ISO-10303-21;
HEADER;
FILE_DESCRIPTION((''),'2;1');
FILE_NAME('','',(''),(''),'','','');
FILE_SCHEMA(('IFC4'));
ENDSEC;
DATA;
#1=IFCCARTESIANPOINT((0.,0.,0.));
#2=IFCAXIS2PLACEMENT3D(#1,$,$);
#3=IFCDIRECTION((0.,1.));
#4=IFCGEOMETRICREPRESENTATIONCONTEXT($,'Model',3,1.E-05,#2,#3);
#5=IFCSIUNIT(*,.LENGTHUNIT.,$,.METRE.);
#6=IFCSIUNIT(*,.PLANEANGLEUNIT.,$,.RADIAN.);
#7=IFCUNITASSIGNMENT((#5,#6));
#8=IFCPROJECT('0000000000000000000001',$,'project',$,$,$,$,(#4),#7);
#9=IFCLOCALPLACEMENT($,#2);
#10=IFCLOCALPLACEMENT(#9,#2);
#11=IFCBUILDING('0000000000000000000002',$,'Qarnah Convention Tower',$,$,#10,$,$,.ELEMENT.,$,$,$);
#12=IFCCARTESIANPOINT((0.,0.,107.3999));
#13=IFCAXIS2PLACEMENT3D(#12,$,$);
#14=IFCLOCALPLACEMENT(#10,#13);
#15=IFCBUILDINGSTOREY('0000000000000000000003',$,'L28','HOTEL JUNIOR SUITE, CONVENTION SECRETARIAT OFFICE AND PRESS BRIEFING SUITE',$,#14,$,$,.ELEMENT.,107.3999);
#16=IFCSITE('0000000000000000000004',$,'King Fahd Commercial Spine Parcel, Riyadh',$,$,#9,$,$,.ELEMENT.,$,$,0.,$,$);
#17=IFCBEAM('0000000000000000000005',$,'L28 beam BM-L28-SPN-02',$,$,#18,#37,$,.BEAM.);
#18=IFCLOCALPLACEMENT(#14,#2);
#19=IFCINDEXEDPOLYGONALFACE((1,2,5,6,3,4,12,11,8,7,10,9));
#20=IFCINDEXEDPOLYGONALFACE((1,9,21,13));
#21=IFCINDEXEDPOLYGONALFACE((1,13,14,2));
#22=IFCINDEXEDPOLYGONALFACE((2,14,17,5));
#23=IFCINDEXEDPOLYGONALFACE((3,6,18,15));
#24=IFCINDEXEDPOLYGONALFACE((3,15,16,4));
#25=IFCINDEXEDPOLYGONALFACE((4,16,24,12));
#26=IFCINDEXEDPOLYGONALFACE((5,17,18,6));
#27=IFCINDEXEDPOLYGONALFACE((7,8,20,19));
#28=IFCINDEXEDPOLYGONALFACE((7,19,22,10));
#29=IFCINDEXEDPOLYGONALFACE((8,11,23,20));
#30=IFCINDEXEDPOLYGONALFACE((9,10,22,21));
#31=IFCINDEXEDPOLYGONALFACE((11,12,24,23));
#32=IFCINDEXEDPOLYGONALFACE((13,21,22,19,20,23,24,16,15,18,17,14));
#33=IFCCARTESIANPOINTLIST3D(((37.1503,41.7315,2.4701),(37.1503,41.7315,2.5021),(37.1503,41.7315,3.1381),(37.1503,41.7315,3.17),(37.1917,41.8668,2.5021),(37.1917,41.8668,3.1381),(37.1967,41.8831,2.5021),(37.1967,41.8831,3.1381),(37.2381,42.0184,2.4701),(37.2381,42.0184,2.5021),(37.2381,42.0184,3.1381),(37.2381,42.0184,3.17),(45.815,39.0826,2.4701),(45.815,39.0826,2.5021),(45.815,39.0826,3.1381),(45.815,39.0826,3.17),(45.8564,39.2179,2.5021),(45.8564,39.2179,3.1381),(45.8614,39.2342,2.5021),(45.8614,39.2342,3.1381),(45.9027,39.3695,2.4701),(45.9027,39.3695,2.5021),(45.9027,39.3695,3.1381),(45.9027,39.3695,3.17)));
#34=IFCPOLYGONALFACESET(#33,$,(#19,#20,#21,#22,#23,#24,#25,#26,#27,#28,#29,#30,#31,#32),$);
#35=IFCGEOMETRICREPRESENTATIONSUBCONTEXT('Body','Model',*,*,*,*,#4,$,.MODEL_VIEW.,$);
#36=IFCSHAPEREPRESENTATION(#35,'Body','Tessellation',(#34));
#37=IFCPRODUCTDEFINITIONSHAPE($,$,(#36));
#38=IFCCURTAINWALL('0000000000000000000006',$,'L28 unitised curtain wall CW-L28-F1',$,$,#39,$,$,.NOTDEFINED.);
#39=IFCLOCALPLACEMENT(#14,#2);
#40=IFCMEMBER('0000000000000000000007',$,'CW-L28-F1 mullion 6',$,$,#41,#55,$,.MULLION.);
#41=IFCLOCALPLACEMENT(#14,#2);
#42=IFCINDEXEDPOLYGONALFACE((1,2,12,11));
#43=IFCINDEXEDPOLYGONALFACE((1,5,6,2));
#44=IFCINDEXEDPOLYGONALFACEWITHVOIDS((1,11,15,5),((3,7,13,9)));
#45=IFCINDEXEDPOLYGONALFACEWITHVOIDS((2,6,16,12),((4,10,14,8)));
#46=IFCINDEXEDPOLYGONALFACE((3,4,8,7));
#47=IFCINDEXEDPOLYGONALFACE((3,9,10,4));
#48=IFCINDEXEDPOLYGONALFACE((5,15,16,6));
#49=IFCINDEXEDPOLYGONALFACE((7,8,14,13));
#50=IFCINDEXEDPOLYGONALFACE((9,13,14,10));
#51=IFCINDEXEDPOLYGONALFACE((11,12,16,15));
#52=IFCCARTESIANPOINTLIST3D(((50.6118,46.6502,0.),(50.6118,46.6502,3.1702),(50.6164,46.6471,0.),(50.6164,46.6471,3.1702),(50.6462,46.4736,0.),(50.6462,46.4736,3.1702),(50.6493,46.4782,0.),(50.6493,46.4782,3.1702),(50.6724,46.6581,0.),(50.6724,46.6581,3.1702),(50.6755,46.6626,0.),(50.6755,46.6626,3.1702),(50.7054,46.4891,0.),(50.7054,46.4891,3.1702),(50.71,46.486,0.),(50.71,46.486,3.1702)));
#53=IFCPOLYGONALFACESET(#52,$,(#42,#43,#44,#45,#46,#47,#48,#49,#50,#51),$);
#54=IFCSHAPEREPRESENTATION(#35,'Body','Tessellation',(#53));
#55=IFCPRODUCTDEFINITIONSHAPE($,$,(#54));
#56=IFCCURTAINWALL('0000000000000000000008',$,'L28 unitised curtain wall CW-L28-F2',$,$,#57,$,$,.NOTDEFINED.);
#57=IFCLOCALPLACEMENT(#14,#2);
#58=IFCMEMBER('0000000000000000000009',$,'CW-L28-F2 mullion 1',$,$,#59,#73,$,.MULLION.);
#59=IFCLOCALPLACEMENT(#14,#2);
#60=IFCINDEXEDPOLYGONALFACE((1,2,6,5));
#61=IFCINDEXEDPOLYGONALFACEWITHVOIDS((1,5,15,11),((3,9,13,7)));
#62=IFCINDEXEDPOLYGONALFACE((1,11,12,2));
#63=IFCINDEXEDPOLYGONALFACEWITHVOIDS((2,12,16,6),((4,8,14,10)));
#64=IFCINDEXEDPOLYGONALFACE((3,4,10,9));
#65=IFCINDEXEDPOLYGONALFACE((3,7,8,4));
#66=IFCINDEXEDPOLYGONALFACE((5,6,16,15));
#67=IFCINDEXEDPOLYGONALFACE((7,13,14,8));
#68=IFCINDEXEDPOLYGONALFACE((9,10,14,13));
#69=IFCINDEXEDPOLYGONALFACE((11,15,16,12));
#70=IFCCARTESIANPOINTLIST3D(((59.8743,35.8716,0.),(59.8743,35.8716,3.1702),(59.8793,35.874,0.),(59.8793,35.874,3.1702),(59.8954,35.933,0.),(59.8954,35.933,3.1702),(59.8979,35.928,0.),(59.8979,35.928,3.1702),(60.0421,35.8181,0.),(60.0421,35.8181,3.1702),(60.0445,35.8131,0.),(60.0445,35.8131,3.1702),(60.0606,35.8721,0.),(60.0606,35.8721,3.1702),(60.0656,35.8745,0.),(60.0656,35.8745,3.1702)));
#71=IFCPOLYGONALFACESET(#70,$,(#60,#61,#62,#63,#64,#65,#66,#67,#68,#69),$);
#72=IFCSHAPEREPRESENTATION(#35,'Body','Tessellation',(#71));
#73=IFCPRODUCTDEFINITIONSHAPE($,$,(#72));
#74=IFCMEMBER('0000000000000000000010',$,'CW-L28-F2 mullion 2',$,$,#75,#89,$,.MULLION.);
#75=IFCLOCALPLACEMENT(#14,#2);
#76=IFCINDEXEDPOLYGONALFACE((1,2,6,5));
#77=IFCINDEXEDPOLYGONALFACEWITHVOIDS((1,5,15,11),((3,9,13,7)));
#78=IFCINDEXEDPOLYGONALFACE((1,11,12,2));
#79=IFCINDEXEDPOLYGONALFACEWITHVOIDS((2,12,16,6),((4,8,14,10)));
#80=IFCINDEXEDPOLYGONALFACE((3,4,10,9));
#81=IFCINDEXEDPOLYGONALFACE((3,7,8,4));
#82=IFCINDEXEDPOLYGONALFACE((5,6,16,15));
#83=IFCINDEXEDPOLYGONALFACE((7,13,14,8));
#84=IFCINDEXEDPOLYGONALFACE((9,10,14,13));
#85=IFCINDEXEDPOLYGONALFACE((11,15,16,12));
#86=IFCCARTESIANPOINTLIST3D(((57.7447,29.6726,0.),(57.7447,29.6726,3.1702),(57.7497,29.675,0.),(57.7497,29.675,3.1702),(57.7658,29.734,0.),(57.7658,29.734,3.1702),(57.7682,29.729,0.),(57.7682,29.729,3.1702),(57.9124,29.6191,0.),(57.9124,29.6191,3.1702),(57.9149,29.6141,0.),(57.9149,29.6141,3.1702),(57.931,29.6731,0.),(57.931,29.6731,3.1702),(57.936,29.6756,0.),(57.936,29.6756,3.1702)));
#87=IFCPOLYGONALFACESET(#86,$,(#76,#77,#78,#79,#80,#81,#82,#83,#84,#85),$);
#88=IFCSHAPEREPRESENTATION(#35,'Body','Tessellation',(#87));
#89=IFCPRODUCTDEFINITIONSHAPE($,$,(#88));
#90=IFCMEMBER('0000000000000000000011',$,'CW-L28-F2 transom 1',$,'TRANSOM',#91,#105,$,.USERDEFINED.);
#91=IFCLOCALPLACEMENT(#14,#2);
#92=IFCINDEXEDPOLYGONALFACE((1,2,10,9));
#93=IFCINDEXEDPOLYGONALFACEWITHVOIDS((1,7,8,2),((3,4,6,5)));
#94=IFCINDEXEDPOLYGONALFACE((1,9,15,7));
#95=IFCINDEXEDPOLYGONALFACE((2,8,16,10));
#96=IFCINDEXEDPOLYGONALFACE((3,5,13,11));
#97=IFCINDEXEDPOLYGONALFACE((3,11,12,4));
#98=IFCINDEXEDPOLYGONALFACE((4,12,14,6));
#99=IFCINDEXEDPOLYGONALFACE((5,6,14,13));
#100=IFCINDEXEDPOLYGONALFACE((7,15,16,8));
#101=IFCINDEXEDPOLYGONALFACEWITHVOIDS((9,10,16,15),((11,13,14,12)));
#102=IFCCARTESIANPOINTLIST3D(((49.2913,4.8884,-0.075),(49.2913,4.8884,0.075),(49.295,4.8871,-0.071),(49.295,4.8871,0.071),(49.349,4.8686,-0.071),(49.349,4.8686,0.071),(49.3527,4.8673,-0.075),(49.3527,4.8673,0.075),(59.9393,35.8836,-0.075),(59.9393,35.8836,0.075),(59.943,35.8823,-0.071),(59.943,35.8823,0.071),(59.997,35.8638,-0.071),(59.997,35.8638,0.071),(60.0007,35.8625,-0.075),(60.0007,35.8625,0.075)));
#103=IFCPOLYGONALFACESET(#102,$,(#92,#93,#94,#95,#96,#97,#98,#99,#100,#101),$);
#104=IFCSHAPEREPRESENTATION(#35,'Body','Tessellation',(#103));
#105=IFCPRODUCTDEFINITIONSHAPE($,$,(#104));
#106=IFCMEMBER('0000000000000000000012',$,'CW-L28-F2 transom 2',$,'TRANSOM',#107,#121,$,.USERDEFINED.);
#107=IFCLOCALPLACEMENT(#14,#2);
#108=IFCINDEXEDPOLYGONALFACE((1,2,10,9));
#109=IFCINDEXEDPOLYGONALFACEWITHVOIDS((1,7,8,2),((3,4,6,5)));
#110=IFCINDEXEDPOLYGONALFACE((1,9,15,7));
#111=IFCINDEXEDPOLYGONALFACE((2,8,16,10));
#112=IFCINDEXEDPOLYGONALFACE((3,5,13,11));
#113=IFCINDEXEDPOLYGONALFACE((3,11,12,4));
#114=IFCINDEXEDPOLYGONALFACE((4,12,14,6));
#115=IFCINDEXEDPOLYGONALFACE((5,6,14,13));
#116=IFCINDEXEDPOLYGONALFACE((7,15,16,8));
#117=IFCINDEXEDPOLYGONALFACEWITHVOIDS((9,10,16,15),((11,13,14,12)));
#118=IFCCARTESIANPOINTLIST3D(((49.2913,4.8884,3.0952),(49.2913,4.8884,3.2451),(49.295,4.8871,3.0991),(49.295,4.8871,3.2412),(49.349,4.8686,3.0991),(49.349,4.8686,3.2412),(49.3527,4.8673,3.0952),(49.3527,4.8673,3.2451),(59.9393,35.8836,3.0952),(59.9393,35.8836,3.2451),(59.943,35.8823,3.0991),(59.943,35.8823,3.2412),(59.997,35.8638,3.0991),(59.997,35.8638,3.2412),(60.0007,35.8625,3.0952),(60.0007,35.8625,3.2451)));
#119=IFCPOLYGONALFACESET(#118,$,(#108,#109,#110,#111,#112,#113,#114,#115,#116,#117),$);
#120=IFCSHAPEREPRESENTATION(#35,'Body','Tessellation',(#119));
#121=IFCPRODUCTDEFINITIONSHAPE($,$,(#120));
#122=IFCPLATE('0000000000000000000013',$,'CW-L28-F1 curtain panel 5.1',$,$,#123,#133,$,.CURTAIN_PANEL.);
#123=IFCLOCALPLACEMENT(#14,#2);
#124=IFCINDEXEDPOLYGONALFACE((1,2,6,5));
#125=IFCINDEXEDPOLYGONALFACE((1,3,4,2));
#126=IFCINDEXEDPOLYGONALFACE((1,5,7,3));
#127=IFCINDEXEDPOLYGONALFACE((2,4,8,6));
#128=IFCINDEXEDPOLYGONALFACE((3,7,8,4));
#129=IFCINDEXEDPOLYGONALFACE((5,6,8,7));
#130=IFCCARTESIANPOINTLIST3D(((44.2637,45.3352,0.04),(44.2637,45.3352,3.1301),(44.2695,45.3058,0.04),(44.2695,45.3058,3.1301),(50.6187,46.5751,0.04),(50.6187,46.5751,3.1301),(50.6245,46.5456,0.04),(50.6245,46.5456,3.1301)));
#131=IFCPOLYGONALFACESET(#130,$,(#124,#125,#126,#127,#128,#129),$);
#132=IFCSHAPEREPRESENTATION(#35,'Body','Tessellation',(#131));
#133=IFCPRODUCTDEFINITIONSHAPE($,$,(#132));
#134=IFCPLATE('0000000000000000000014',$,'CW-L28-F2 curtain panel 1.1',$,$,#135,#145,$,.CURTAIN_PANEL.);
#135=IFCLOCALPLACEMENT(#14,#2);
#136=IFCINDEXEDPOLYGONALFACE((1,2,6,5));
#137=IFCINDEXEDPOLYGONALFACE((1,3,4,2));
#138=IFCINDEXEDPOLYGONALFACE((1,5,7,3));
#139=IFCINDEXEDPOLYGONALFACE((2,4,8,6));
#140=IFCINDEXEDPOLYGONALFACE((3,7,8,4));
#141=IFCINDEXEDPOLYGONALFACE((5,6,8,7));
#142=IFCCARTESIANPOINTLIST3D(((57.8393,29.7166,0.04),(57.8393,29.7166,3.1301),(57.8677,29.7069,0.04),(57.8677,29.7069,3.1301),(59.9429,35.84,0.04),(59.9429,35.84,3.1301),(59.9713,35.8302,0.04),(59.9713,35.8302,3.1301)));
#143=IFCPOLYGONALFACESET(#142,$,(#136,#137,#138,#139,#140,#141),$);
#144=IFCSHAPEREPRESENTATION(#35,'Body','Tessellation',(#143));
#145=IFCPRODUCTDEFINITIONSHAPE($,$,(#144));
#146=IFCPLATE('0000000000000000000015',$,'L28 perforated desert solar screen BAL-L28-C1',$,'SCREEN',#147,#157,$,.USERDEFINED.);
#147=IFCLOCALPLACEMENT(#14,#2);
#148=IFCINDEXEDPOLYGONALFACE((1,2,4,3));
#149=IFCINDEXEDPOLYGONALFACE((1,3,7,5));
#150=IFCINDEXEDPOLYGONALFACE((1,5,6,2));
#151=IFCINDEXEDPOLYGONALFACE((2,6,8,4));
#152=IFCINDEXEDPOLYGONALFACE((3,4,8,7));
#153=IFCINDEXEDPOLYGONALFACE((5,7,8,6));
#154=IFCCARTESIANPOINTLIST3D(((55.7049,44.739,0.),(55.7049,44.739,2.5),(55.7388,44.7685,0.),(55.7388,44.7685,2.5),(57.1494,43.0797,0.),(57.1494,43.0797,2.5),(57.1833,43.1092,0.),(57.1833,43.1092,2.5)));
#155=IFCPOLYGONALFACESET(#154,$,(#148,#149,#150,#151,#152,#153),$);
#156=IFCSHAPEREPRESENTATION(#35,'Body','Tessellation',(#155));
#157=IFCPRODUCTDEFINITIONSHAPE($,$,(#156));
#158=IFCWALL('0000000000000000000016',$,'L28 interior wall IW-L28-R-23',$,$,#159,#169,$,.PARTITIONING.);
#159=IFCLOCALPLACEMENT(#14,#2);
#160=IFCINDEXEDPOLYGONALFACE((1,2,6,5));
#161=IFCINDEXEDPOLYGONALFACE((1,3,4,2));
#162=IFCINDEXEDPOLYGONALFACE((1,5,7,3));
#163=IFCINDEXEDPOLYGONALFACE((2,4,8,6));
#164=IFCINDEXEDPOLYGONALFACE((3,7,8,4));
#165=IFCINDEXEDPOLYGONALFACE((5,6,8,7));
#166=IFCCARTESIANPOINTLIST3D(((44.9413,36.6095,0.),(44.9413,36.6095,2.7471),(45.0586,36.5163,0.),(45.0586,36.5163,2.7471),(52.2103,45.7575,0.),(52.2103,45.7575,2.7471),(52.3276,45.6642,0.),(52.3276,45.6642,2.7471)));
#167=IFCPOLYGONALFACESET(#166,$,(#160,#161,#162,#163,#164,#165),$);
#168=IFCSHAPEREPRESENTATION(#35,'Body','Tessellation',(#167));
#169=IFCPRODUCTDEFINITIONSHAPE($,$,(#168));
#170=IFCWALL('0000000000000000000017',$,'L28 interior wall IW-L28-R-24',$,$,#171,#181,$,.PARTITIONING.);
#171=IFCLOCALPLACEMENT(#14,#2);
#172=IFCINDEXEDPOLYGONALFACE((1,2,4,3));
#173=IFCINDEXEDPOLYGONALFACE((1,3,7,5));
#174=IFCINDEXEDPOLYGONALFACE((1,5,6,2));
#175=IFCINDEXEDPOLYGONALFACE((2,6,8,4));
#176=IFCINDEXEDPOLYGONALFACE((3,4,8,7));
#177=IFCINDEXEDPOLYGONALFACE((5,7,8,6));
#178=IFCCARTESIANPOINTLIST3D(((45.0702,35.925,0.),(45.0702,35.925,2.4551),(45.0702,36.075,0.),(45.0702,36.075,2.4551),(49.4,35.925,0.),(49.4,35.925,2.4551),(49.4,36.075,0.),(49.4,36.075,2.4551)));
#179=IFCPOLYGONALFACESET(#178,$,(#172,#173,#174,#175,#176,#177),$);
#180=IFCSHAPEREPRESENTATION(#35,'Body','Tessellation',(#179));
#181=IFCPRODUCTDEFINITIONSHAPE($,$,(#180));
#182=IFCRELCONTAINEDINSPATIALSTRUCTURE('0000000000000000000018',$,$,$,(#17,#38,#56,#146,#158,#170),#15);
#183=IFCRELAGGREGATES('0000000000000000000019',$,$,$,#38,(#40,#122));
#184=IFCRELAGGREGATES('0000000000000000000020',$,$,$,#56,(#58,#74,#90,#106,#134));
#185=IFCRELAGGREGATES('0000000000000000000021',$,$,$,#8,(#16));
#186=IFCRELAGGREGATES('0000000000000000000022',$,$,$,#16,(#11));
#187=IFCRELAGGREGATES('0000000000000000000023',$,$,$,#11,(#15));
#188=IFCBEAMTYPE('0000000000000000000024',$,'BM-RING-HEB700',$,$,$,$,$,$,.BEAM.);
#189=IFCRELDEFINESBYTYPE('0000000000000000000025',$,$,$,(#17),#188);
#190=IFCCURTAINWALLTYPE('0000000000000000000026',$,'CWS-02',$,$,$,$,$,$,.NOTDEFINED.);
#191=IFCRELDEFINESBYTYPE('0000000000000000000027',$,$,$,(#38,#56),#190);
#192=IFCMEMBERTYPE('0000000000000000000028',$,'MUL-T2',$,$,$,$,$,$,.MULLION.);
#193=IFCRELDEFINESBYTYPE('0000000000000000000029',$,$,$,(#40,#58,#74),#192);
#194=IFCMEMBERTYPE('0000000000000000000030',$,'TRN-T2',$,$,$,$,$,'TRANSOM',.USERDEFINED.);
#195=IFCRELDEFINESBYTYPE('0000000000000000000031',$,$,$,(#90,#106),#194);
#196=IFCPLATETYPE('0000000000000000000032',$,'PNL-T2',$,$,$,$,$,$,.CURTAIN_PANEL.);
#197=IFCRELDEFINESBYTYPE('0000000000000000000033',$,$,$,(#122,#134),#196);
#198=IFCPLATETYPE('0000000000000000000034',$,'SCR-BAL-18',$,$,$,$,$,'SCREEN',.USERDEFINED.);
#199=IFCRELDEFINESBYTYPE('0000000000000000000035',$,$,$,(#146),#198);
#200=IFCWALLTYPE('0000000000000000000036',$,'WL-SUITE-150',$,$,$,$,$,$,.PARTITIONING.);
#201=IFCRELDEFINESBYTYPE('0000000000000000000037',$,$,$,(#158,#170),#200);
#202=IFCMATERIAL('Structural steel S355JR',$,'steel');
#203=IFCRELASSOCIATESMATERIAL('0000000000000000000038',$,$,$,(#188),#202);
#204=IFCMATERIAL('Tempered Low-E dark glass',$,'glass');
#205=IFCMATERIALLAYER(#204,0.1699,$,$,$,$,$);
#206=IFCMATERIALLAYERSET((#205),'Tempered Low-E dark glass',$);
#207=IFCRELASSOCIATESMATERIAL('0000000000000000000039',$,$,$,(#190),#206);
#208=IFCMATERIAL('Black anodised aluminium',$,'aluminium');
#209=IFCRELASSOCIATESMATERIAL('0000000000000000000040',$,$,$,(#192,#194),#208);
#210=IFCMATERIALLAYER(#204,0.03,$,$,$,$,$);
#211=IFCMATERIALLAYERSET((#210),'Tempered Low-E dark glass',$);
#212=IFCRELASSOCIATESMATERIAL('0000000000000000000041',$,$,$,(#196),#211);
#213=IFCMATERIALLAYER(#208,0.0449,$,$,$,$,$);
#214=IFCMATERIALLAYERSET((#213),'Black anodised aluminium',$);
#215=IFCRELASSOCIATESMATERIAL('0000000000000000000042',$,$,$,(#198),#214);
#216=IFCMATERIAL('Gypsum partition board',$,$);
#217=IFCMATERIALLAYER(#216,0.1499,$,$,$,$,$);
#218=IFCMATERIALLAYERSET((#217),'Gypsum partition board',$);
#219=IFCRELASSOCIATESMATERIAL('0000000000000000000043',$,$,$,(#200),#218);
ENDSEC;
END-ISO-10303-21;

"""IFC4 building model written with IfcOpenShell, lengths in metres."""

from ifc_helpers import new_model, si_unit, direction, frame, frame_2d, origin, origin_2d, place, context, subcontext, project, spatial, rectangle, hollow_rectangle, i_section, extrude, material, layer, layer_set, material_profile, profile_set, type_object, element, aggregate, save


model = new_model("IFC4")

# Units and contexts
model_context = context("Model", 3, precision=1e-05, world=origin(), true_north=direction((0.0, 1.0)))
body_context = subcontext(model_context, "Body", "Model", "MODEL_VIEW")
ifc_project = project(units=[si_unit("LENGTHUNIT", "METRE"), si_unit("PLANEANGLEUNIT", "RADIAN")], contexts=[model_context])

# Site, building, storey
site_placement = place(None, origin())
site = spatial("IfcSite", under=ifc_project, at=site_placement, Name="King Fahd Commercial Spine Parcel, Riyadh", CompositionType="ELEMENT", RefElevation=0.0)
building_placement = place(site_placement, origin())
building = spatial("IfcBuilding", under=site, at=building_placement, Name="Qarnah Convention Tower", CompositionType="ELEMENT")
storey_placement = place(building_placement, frame((0.0, 0.0, 107.3999)))
storey = spatial("IfcBuildingStorey", under=building, at=storey_placement, Name="L28", Description="HOTEL JUNIOR SUITE, CONVENTION SECRETARIAT OFFICE AND PRESS BRIEFING SUITE", CompositionType="ELEMENT", Elevation=107.3999)

# Beam
ifc_material_1 = material(Name="Structural steel S355JR", Category="steel")
ifc_material_profile_1 = material_profile(ifc_material_1, i_section(OverallWidth=0.3, OverallDepth=0.7, WebThickness=0.0171, FlangeThickness=0.032, at=origin_2d()), Name="HEB700")
ifc_profile_set_1 = profile_set([ifc_material_profile_1], Name="Structural steel S355JR")
beam_type_1 = type_object("IfcBeamType", Name="BM-RING-HEB700", PredefinedType="BEAM", material=ifc_profile_set_1)
beam_1_placement = place(storey_placement, frame((45.8589, 39.2261, 2.8201), z_axis=(-0.95631, 0.292355, 0.0), x_axis=(-0.292355, -0.95631, 0.0)))
element("IfcBeam", 1, at=beam_1_placement, inside=storey, type_object=beam_type_1, Name="L28 beam BM-L28-SPN-02", PredefinedType="BEAM", context=body_context, shape_type="SweptSolid", body=[
    extrude(i_section(OverallWidth=0.3, OverallDepth=0.7, WebThickness=0.0171, FlangeThickness=0.032, at=origin_2d()), origin(), (0.0, 0.0, 1.0), 9.0605),
])

# Curtain wall, member
ifc_material_2 = material(Name="Tempered Low-E dark glass", Category="glass")
ifc_layer_1 = layer(ifc_material_2, 0.1699)
ifc_layer_set_1 = layer_set([ifc_layer_1], Name="Tempered Low-E dark glass")
curtain_wall_type = type_object("IfcCurtainWallType", Name="CWS-02", PredefinedType="NOTDEFINED", material=ifc_layer_set_1)
curtain_wall_1_placement = place(storey_placement, origin())
curtain_wall_1 = element("IfcCurtainWall", 2, at=curtain_wall_1_placement, inside=storey, type_object=curtain_wall_type, Name="L28 unitised curtain wall CW-L28-F1", PredefinedType="NOTDEFINED")
ifc_material_3 = material(Name="Black anodised aluminium", Category="aluminium")
ifc_material_profile_2 = material_profile(ifc_material_3, hollow_rectangle(XDim=0.0649, YDim=0.1799, WallThickness=0.0039, at=origin_2d()), Name="MUL-65X180")
ifc_profile_set_2 = profile_set([ifc_material_profile_2], Name="Black anodised aluminium")
member_type_1 = type_object("IfcMemberType", Name="MUL-T2", PredefinedType="MULLION", material=ifc_profile_set_2)
member_1_placement = place(storey_placement, frame((50.6609, 46.5681, 0.0), z_axis=(0.0, 0.0, 1.0), x_axis=(0.981495, 0.19149, 0.0)))
member_1 = element("IfcMember", 3, at=member_1_placement, type_object=member_type_1, Name="CW-L28-F1 mullion 6", PredefinedType="MULLION", context=body_context, shape_type="SweptSolid", body=[
    extrude(hollow_rectangle(XDim=0.0649, YDim=0.1799, WallThickness=0.0039, at=origin_2d()), origin(), (0.0, 0.0, 1.0), 3.1702),
])

# Curtain wall, members
curtain_wall_2_placement = place(storey_placement, origin())
curtain_wall_2 = element("IfcCurtainWall", 4, at=curtain_wall_2_placement, inside=storey, type_object=curtain_wall_type, Name="L28 unitised curtain wall CW-L28-F2", PredefinedType="NOTDEFINED")
member_2_placement = place(storey_placement, frame((59.97, 35.873, 0.0), z_axis=(0.0, 0.0, 1.0), x_axis=(-0.324902, -0.945748, 0.0)))
member_2 = element("IfcMember", 5, at=member_2_placement, type_object=member_type_1, Name="CW-L28-F2 mullion 1", PredefinedType="MULLION", context=body_context, shape_type="SweptSolid", body=[
    extrude(hollow_rectangle(XDim=0.0649, YDim=0.1799, WallThickness=0.0039, at=origin_2d()), origin(), (0.0, 0.0, 1.0), 3.1702),
])
member_3_placement = place(storey_placement, frame((57.8403, 29.6741, 0.0), z_axis=(0.0, 0.0, 1.0), x_axis=(-0.324902, -0.945748, 0.0)))
member_3 = element("IfcMember", 6, at=member_3_placement, type_object=member_type_1, Name="CW-L28-F2 mullion 2", PredefinedType="MULLION", context=body_context, shape_type="SweptSolid", body=[
    extrude(hollow_rectangle(XDim=0.0649, YDim=0.1799, WallThickness=0.0039, at=origin_2d()), origin(), (0.0, 0.0, 1.0), 3.1702),
])
ifc_material_profile_3 = material_profile(ifc_material_3, hollow_rectangle(XDim=0.0649, YDim=0.1499, WallThickness=0.0039, at=origin_2d()), Name="TRN-65X150")
ifc_profile_set_3 = profile_set([ifc_material_profile_3], Name="Black anodised aluminium")
member_type_2 = type_object("IfcMemberType", Name="TRN-T2", ElementType="TRANSOM", PredefinedType="USERDEFINED", material=ifc_profile_set_3)
member_4_placement = place(storey_placement, frame((59.97, 35.873, 0.0), z_axis=(-0.324899, -0.945749, 0.0), x_axis=(0.945749, -0.324899, 0.0)))
member_4 = element("IfcMember", 7, at=member_4_placement, type_object=member_type_2, Name="CW-L28-F2 transom 1", ObjectType="TRANSOM", PredefinedType="USERDEFINED", context=body_context, shape_type="SweptSolid", body=[
    extrude(hollow_rectangle(XDim=0.0649, YDim=0.1499, WallThickness=0.0039, at=origin_2d()), origin(), (0.0, 0.0, 1.0), 32.7732),
])
member_5_placement = place(storey_placement, frame((59.97, 35.873, 3.1702), z_axis=(-0.324899, -0.945749, 0.0), x_axis=(0.945749, -0.324899, 0.0)))
member_5 = element("IfcMember", 8, at=member_5_placement, type_object=member_type_2, Name="CW-L28-F2 transom 2", ObjectType="TRANSOM", PredefinedType="USERDEFINED", context=body_context, shape_type="SweptSolid", body=[
    extrude(hollow_rectangle(XDim=0.0649, YDim=0.1499, WallThickness=0.0039, at=origin_2d()), origin(), (0.0, 0.0, 1.0), 32.7732),
])

# Plates
ifc_layer_2 = layer(ifc_material_2, 0.03)
ifc_layer_set_2 = layer_set([ifc_layer_2], Name="Tempered Low-E dark glass")
plate_type_1 = type_object("IfcPlateType", Name="PNL-T2", PredefinedType="CURTAIN_PANEL", material=ifc_layer_set_2)
plate_1_placement = place(storey_placement, frame((47.4441, 45.9404, 0.04), z_axis=(0.0, 0.0, 1.0), x_axis=(0.981495, 0.19149, 0.0)))
plate_1 = element("IfcPlate", 9, at=plate_1_placement, type_object=plate_type_1, Name="CW-L28-F1 curtain panel 5.1", PredefinedType="CURTAIN_PANEL", context=body_context, shape_type="SweptSolid", body=[
    extrude(rectangle(XDim=6.4749, YDim=0.03, at=origin_2d()), origin(), (0.0, 0.0, 1.0), 3.0901),
])
aggregate(curtain_wall_1, [member_1, plate_1])
plate_2_placement = place(storey_placement, frame((58.9053, 32.7734, 0.04), z_axis=(0.0, 0.0, 1.0), x_axis=(-0.324902, -0.945748, 0.0)))
plate_2 = element("IfcPlate", 10, at=plate_2_placement, type_object=plate_type_1, Name="CW-L28-F2 curtain panel 1.1", PredefinedType="CURTAIN_PANEL", context=body_context, shape_type="SweptSolid", body=[
    extrude(rectangle(XDim=6.4746, YDim=0.03, at=origin_2d()), origin(), (0.0, 0.0, 1.0), 3.0901),
])
aggregate(curtain_wall_2, [member_2, member_3, member_4, member_5, plate_2])
ifc_layer_3 = layer(ifc_material_3, 0.0449)
ifc_layer_set_3 = layer_set([ifc_layer_3], Name="Black anodised aluminium")
plate_type_2 = type_object("IfcPlateType", Name="SCR-BAL-18", ElementType="SCREEN", PredefinedType="USERDEFINED", material=ifc_layer_set_3)
plate_3_placement = place(storey_placement, frame((56.4441, 43.9241, 0.0), z_axis=(0.0, 0.0, 1.0), x_axis=(0.656609, -0.754231, 0.0)))
element("IfcPlate", 11, at=plate_3_placement, inside=storey, type_object=plate_type_2, Name="L28 perforated desert solar screen BAL-L28-C1", ObjectType="SCREEN", PredefinedType="USERDEFINED", context=body_context, shape_type="SweptSolid", body=[
    extrude(rectangle(XDim=2.2, YDim=0.0449, at=origin_2d()), origin(), (0.0, 0.0, 1.0), 2.5),
])

# Walls
ifc_material_4 = material(Name="Gypsum partition board")
ifc_layer_4 = layer(ifc_material_4, 0.1499)
ifc_layer_set_4 = layer_set([ifc_layer_4], Name="Gypsum partition board")
wall_type_1 = type_object("IfcWallType", Name="WL-SUITE-150", PredefinedType="PARTITIONING", material=ifc_layer_set_4)
wall_1_placement = place(storey_placement, frame((52.269, 45.7109, 0.0), z_axis=(0.0, 0.0, 1.0), x_axis=(-0.622118, -0.782923, 0.0)))
element("IfcWall", 12, at=wall_1_placement, inside=storey, type_object=wall_type_1, Name="L28 interior wall IW-L28-R-23", PredefinedType="PARTITIONING", context=body_context, shape_type="SweptSolid", body=[
    extrude(rectangle(XDim=11.6843, YDim=0.1499, at=frame_2d((5.8423, 0.0))), origin(), (0.0, 0.0, 1.0), 2.7471),
])
wall_2_placement = place(storey_placement, frame((45.0701, 36.0, 0.0), z_axis=(0.0, 0.0, 1.0), x_axis=(1.0, 0.0, 0.0)))
element("IfcWall", 13, at=wall_2_placement, inside=storey, type_object=wall_type_1, Name="L28 interior wall IW-L28-R-24", PredefinedType="PARTITIONING", context=body_context, shape_type="SweptSolid", body=[
    extrude(rectangle(XDim=4.3298, YDim=0.1499, at=frame_2d((2.165, 0.0))), origin(), (0.0, 0.0, 1.0), 2.4551),
])

save(model, "model.ifc")
